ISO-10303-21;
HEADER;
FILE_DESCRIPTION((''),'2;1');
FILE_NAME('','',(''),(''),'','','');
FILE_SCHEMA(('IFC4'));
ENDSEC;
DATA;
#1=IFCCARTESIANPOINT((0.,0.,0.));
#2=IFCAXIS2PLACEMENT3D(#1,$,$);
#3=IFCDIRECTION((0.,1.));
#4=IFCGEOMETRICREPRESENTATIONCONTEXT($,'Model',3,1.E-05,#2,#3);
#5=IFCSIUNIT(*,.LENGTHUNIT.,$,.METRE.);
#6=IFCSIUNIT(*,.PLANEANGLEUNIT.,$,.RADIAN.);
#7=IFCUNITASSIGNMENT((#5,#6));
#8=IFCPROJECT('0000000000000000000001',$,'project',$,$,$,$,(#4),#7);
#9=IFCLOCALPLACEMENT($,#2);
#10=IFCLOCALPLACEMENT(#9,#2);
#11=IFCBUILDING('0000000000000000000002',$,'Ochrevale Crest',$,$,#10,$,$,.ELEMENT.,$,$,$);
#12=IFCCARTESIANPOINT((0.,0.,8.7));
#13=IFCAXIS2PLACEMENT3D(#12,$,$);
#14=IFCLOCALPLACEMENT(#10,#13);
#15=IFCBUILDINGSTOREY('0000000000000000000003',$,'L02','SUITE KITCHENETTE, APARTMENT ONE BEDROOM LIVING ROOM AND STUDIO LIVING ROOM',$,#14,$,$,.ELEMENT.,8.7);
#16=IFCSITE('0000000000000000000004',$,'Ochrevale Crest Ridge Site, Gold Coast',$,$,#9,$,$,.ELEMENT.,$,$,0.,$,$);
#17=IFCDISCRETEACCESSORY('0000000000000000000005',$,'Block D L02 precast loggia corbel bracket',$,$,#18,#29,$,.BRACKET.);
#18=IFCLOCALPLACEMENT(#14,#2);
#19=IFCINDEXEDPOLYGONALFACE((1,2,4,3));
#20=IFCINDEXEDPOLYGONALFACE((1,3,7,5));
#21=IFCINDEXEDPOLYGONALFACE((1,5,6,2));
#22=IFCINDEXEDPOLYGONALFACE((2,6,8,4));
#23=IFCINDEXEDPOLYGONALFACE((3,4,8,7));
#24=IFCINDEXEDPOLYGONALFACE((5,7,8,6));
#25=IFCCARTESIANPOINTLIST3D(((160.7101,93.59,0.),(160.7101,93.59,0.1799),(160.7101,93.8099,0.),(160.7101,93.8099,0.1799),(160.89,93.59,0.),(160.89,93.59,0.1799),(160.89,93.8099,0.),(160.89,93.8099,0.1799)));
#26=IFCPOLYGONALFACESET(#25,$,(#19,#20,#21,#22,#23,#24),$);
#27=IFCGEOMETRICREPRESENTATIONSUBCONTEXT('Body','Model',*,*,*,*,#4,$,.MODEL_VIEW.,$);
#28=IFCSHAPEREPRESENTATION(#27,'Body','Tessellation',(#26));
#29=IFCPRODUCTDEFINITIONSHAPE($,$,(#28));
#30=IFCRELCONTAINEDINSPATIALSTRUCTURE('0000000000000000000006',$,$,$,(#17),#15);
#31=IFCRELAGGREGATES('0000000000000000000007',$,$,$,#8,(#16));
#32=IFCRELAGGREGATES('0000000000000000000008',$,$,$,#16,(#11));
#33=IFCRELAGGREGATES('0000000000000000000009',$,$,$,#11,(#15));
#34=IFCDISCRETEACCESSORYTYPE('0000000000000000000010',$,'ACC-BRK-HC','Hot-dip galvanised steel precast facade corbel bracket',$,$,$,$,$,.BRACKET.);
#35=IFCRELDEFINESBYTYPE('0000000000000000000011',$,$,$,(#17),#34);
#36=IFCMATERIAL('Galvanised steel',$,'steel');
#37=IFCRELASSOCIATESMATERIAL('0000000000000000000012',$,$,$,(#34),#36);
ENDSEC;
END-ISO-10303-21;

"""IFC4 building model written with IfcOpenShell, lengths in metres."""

from ifc_helpers import new_model, si_unit, direction, frame, origin, origin_2d, place, context, subcontext, project, spatial, rectangle, extrude, material, type_object, element, save


model = new_model("IFC4")

# Units and contexts
model_context = context("Model", 3, precision=1e-05, world=origin(), true_north=direction((0.0, 1.0)))
body_context = subcontext(model_context, "Body", "Model", "MODEL_VIEW")
ifc_project = project(units=[si_unit("LENGTHUNIT", "METRE"), si_unit("PLANEANGLEUNIT", "RADIAN")], contexts=[model_context])

# Site, building, storey
site_placement = place(None, origin())
site = spatial("IfcSite", under=ifc_project, at=site_placement, Name="Ochrevale Crest Ridge Site, Gold Coast", CompositionType="ELEMENT", RefElevation=0.0)
building_placement = place(site_placement, origin())
building = spatial("IfcBuilding", under=site, at=building_placement, Name="Ochrevale Crest", CompositionType="ELEMENT")
storey_placement = place(building_placement, frame((0.0, 0.0, 8.7)))
storey = spatial("IfcBuildingStorey", under=building, at=storey_placement, Name="L02", Description="SUITE KITCHENETTE, APARTMENT ONE BEDROOM LIVING ROOM AND STUDIO LIVING ROOM", CompositionType="ELEMENT", Elevation=8.7)

# Shared definitions
ifc_material_1 = material(Name="Galvanised steel", Category="steel")

# Discrete accessory
discrete_accessory_type = type_object("IfcDiscreteAccessoryType", Name="ACC-BRK-HC", Description="Hot-dip galvanised steel precast facade corbel bracket", PredefinedType="BRACKET", material=ifc_material_1)
discrete_accessory_placement = place(storey_placement, frame((160.8, 93.7, 0.0), z_axis=(0.0, 0.0, 1.0), x_axis=(1.0, 0.0, 0.0)))
element("IfcDiscreteAccessory", 1, at=discrete_accessory_placement, inside=storey, type_object=discrete_accessory_type, Name="Block D L02 precast loggia corbel bracket", PredefinedType="BRACKET", context=body_context, shape_type="SweptSolid", body=[
    extrude(rectangle(XDim=0.1799, YDim=0.22, at=origin_2d()), origin(), (0.0, 0.0, 1.0), 0.1799),
])

save(model, "model.ifc")
